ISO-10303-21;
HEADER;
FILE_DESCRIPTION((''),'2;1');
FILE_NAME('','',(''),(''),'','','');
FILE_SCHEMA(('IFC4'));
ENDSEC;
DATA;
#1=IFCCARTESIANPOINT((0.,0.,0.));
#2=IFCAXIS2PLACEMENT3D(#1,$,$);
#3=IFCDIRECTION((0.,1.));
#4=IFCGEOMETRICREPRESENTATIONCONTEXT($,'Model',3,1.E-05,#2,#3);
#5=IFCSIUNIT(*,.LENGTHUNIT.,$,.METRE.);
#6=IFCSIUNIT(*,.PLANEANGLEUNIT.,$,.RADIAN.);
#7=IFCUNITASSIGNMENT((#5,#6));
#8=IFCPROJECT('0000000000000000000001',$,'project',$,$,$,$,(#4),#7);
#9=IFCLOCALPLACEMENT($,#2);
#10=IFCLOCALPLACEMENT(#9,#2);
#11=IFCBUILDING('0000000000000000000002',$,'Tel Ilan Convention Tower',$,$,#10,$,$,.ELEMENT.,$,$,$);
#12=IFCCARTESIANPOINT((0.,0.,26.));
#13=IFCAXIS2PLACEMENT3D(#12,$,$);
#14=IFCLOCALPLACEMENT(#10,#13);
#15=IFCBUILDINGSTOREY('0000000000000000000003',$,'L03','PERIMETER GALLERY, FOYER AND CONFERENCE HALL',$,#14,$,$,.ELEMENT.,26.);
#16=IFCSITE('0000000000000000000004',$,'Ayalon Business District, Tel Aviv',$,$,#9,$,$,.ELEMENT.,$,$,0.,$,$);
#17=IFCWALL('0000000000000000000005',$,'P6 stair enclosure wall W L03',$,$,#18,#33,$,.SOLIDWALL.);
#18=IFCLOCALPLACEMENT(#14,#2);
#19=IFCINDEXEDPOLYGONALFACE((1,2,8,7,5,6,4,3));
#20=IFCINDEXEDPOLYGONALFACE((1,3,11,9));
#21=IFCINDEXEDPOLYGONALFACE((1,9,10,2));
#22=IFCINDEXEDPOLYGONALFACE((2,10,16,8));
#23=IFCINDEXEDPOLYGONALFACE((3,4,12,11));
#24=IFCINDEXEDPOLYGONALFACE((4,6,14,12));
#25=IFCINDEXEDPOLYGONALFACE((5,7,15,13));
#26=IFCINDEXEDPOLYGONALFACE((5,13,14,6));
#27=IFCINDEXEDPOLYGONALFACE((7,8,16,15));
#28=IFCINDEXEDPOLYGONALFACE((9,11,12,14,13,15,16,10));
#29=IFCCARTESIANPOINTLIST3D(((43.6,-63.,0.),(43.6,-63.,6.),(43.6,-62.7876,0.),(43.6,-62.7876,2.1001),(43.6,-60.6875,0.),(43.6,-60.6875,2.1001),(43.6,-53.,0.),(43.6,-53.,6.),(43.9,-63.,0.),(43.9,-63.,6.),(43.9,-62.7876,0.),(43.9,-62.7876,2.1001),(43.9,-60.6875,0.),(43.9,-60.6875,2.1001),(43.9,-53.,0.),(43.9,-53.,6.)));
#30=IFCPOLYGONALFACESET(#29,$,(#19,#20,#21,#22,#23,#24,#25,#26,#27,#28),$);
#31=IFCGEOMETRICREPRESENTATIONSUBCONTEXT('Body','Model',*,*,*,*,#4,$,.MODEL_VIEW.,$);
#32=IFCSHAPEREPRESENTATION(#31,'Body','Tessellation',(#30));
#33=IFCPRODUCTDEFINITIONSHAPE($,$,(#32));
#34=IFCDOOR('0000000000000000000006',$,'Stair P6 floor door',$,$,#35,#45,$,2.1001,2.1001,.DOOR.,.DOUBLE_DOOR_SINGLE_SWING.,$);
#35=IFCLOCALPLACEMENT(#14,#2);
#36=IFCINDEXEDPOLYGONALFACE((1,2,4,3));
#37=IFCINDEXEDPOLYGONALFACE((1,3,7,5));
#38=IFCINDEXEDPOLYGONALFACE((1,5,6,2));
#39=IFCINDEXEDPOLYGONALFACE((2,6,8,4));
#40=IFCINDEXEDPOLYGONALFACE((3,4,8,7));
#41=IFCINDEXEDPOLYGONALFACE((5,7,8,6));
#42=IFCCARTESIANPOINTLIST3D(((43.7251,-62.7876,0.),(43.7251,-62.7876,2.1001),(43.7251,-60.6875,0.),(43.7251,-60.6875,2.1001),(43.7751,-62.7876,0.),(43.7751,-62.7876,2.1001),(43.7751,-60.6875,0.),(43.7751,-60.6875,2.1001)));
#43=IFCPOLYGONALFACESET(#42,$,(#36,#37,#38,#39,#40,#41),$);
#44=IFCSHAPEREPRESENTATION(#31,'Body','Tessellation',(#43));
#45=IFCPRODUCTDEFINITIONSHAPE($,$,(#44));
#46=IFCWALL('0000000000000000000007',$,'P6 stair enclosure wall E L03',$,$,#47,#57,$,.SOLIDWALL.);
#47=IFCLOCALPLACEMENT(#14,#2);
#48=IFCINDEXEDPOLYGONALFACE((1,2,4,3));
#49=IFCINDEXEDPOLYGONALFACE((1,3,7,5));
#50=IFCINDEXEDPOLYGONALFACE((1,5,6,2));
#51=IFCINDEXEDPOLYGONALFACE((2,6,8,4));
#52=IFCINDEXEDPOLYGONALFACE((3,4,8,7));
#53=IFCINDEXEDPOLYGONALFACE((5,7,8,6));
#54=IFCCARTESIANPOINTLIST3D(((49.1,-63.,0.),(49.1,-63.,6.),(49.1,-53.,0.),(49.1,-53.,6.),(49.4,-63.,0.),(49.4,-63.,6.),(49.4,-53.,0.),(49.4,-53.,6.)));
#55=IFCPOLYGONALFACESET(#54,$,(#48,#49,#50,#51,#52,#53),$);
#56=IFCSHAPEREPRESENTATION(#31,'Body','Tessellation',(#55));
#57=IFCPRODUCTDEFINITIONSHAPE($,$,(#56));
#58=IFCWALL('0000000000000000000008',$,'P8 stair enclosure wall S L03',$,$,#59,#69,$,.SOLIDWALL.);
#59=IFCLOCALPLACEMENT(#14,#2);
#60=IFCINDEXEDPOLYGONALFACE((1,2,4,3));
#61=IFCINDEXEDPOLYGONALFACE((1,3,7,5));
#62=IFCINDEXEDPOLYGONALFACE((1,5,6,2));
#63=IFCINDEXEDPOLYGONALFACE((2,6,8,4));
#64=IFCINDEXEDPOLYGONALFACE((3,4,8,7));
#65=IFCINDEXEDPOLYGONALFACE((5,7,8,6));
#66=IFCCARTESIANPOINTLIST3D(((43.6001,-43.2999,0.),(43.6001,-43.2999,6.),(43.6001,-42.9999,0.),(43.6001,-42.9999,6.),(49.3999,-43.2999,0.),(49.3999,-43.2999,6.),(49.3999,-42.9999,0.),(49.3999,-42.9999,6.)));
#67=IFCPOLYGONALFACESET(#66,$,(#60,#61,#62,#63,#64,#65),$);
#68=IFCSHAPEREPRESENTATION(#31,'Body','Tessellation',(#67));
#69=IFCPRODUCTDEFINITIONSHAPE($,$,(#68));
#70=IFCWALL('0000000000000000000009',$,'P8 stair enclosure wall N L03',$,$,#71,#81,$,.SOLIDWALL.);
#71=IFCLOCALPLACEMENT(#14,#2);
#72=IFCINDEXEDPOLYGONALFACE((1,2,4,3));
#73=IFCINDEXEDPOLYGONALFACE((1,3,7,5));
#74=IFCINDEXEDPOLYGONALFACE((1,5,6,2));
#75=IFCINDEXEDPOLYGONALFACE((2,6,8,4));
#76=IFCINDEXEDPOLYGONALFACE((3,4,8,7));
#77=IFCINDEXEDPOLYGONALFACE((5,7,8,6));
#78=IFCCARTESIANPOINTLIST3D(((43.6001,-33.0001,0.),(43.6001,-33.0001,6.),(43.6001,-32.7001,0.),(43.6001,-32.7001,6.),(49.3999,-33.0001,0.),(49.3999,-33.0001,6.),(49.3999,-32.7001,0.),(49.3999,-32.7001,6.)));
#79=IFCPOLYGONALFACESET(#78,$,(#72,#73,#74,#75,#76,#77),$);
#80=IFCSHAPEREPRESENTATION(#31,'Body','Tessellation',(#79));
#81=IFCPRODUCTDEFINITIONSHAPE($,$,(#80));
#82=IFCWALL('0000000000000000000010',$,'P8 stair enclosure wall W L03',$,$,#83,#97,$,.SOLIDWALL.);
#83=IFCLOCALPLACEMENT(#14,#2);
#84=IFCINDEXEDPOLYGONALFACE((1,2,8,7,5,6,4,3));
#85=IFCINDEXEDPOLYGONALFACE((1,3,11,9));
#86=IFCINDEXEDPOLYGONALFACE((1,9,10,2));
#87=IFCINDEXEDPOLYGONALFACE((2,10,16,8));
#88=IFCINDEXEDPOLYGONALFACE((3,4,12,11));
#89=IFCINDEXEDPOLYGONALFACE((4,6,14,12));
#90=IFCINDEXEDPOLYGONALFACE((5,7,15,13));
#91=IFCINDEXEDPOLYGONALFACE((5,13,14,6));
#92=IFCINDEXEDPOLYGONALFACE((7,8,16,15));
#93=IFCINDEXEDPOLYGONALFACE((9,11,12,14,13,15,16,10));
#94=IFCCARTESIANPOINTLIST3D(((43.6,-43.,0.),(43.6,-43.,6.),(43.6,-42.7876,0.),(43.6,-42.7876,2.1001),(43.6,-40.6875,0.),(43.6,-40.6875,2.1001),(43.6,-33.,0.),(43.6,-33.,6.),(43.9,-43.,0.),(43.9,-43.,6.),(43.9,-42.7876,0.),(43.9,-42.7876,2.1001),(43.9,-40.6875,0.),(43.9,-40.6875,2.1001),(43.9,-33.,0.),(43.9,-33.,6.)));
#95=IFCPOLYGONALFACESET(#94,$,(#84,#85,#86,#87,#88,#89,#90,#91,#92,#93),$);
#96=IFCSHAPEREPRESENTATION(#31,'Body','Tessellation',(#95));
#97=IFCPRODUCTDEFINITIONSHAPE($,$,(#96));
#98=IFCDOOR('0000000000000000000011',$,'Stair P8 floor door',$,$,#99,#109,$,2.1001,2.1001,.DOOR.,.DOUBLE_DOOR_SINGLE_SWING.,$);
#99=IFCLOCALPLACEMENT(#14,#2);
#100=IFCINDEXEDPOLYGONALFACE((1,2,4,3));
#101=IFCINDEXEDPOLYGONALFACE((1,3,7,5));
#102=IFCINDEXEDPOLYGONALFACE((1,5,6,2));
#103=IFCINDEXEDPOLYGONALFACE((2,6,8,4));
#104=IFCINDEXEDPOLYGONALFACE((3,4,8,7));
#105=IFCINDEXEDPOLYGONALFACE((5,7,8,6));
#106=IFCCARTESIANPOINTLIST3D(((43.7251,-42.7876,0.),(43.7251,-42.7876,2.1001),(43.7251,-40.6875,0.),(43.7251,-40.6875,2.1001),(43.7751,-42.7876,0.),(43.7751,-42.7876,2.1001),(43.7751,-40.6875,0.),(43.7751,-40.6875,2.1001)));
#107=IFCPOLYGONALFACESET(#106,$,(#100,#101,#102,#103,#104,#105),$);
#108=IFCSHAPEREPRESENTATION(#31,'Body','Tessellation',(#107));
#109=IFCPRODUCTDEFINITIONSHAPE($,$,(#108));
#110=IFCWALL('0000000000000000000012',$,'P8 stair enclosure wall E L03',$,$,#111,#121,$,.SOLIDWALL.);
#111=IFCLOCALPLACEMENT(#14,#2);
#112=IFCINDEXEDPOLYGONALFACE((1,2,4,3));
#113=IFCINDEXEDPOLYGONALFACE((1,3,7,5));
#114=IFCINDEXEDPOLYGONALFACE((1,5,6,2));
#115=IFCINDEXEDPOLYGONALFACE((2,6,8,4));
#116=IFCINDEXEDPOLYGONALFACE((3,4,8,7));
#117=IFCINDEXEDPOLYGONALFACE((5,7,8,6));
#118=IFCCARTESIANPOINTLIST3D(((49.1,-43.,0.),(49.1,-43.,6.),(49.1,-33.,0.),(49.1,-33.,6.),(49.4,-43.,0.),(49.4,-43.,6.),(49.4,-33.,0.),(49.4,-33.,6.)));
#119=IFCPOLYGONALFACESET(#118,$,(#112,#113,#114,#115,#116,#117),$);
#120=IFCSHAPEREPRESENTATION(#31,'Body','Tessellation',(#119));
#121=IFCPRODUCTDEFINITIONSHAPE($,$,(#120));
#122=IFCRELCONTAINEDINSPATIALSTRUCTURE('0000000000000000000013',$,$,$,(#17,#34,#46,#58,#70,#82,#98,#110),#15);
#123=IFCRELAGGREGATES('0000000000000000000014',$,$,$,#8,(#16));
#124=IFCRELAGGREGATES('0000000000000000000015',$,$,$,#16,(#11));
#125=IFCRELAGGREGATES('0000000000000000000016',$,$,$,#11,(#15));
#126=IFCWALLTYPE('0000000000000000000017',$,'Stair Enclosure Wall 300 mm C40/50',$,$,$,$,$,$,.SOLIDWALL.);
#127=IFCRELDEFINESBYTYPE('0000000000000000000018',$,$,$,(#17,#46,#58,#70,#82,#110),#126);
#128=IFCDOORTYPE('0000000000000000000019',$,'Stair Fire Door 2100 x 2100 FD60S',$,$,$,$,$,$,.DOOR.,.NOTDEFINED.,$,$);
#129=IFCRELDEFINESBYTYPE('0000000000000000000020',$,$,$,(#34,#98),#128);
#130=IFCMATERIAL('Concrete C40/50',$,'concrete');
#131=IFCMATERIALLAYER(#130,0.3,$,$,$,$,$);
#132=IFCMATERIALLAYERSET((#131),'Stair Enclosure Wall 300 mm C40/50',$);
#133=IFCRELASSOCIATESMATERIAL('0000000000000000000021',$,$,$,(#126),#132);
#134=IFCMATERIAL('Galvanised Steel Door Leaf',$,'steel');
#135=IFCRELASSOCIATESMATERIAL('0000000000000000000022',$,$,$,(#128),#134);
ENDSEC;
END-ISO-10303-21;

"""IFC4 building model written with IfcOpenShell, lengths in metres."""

from ifc_helpers import new_model, si_unit, direction, frame, frame_2d, origin, place, context, subcontext, project, spatial, rectangle, extrude, material, layer, layer_set, type_object, element, fill, save


model = new_model("IFC4")

# Units and contexts
model_context = context("Model", 3, precision=1e-05, world=origin(), true_north=direction((0.0, 1.0)))
body_context = subcontext(model_context, "Body", "Model", "MODEL_VIEW")
ifc_project = project(units=[si_unit("LENGTHUNIT", "METRE"), si_unit("PLANEANGLEUNIT", "RADIAN")], contexts=[model_context])

# Site, building, storey
site_placement = place(None, origin())
site = spatial("IfcSite", under=ifc_project, at=site_placement, Name="Ayalon Business District, Tel Aviv", CompositionType="ELEMENT", RefElevation=0.0)
building_placement = place(site_placement, origin())
building = spatial("IfcBuilding", under=site, at=building_placement, Name="Tel Ilan Convention Tower", CompositionType="ELEMENT")
storey_placement = place(building_placement, frame((0.0, 0.0, 26.0)))
storey = spatial("IfcBuildingStorey", under=building, at=storey_placement, Name="L03", Description="PERIMETER GALLERY, FOYER AND CONFERENCE HALL", CompositionType="ELEMENT", Elevation=26.0)

# Shared definitions
ifc_material_1 = material(Name="Concrete C40/50", Category="concrete")
ifc_layer_1 = layer(ifc_material_1, 0.3)
ifc_layer_set_1 = layer_set([ifc_layer_1], Name="Stair Enclosure Wall 300 mm C40/50")
wall_type_1 = type_object("IfcWallType", Name="Stair Enclosure Wall 300 mm C40/50", PredefinedType="SOLIDWALL", material=ifc_layer_set_1)

# Wall, opening, door
wall_1_placement = place(storey_placement, frame((43.75, -63.0, 0.0), z_axis=(0.0, 0.0, 1.0), x_axis=(0.0, 1.0, 0.0)))
wall_1 = element("IfcWall", 1, at=wall_1_placement, inside=storey, type_object=wall_type_1, Name="P6 stair enclosure wall W L03", PredefinedType="SOLIDWALL", context=body_context, shape_type="SweptSolid", body=[
    extrude(rectangle(XDim=10.0, YDim=0.3, at=frame_2d((5.0, 0.0))), origin(), (0.0, 0.0, 1.0), 6.0),
])
opening_1_placement = place(wall_1_placement, frame((0.2124, 0.0, 0.0)))
opening_1 = element("IfcOpeningElement", 2, at=opening_1_placement, cuts=wall_1, PredefinedType="OPENING", context=body_context, shape_type="SweptSolid", body=[
    extrude(rectangle(XDim=2.1001, YDim=2.1001, at=frame_2d((1.05, 1.05))), frame((0.0, 0.1599, 0.0), z_axis=(0.0, -1.0, 0.0), x_axis=(1.0, 0.0, 0.0)), (0.0, 0.0, 1.0), 0.3201),
])
ifc_material_2 = material(Name="Galvanised Steel Door Leaf", Category="steel")
door_type_1 = type_object("IfcDoorType", Name="Stair Fire Door 2100 x 2100 FD60S", OperationType="NOTDEFINED", PredefinedType="DOOR", material=ifc_material_2)
door_1_placement = place(opening_1_placement, origin())
door_1 = element("IfcDoor", 3, at=door_1_placement, inside=storey, type_object=door_type_1, Name="Stair P6 floor door", OperationType="DOUBLE_DOOR_SINGLE_SWING", OverallHeight=2.1001, OverallWidth=2.1001, PredefinedType="DOOR", context=body_context, shape_type="SweptSolid", body=[
    extrude(rectangle(XDim=2.1001, YDim=2.1001, at=frame_2d((1.05, 1.05))), frame((0.0, 0.0249, 0.0), z_axis=(0.0, -1.0, 0.0), x_axis=(1.0, 0.0, 0.0)), (0.0, 0.0, 1.0), 0.05),
])
fill(opening_1, door_1)

# Walls
wall_2_placement = place(storey_placement, frame((49.25, -63.0, 0.0), z_axis=(0.0, 0.0, 1.0), x_axis=(0.0, 1.0, 0.0)))
element("IfcWall", 4, at=wall_2_placement, inside=storey, type_object=wall_type_1, Name="P6 stair enclosure wall E L03", PredefinedType="SOLIDWALL", context=body_context, shape_type="SweptSolid", body=[
    extrude(rectangle(XDim=10.0, YDim=0.3, at=frame_2d((5.0, 0.0))), origin(), (0.0, 0.0, 1.0), 6.0),
])
for number, where, z_axis, x_axis, name in (
    (5, (43.6001, -43.1499, 0.0), (0.0, 0.0, 1.0), (1.0, 0.0, 0.0), "P8 stair enclosure wall S L03"),
    (6, (43.6001, -32.8501, 0.0), (0.0, 0.0, 1.0), (1.0, 0.0, 0.0), "P8 stair enclosure wall N L03"),
):
    element("IfcWall", number, at=place(storey_placement, frame(where, z_axis=z_axis, x_axis=x_axis)), inside=storey, type_object=wall_type_1, Name=name, PredefinedType="SOLIDWALL", context=body_context, shape_type="SweptSolid", body=[
        extrude(rectangle(XDim=5.7998, YDim=0.3, at=frame_2d((2.8999, 0.0))), origin(), (0.0, 0.0, 1.0), 6.0),
    ])

# Wall, opening, door
wall_3_placement = place(storey_placement, frame((43.75, -43.0, 0.0), z_axis=(0.0, 0.0, 1.0), x_axis=(0.0, 1.0, 0.0)))
wall_3 = element("IfcWall", 7, at=wall_3_placement, inside=storey, type_object=wall_type_1, Name="P8 stair enclosure wall W L03", PredefinedType="SOLIDWALL", context=body_context, shape_type="SweptSolid", body=[
    extrude(rectangle(XDim=10.0, YDim=0.3, at=frame_2d((5.0, 0.0))), origin(), (0.0, 0.0, 1.0), 6.0),
])
opening_2_placement = place(wall_3_placement, frame((0.2124, 0.0, 0.0)))
opening_2 = element("IfcOpeningElement", 8, at=opening_2_placement, cuts=wall_3, PredefinedType="OPENING", context=body_context, shape_type="SweptSolid", body=[
    extrude(rectangle(XDim=2.1001, YDim=2.1001, at=frame_2d((1.05, 1.05))), frame((0.0, 0.1599, 0.0), z_axis=(0.0, -1.0, 0.0), x_axis=(1.0, 0.0, 0.0)), (0.0, 0.0, 1.0), 0.3201),
])
door_2_placement = place(opening_2_placement, origin())
door_2 = element("IfcDoor", 9, at=door_2_placement, inside=storey, type_object=door_type_1, Name="Stair P8 floor door", OperationType="DOUBLE_DOOR_SINGLE_SWING", OverallHeight=2.1001, OverallWidth=2.1001, PredefinedType="DOOR", context=body_context, shape_type="SweptSolid", body=[
    extrude(rectangle(XDim=2.1001, YDim=2.1001, at=frame_2d((1.05, 1.05))), frame((0.0, 0.0249, 0.0), z_axis=(0.0, -1.0, 0.0), x_axis=(1.0, 0.0, 0.0)), (0.0, 0.0, 1.0), 0.05),
])
fill(opening_2, door_2)

# Wall
wall_4_placement = place(storey_placement, frame((49.25, -43.0, 0.0), z_axis=(0.0, 0.0, 1.0), x_axis=(0.0, 1.0, 0.0)))
element("IfcWall", 10, at=wall_4_placement, inside=storey, type_object=wall_type_1, Name="P8 stair enclosure wall E L03", PredefinedType="SOLIDWALL", context=body_context, shape_type="SweptSolid", body=[
    extrude(rectangle(XDim=10.0, YDim=0.3, at=frame_2d((5.0, 0.0))), origin(), (0.0, 0.0, 1.0), 6.0),
])

save(model, "model.ifc")
